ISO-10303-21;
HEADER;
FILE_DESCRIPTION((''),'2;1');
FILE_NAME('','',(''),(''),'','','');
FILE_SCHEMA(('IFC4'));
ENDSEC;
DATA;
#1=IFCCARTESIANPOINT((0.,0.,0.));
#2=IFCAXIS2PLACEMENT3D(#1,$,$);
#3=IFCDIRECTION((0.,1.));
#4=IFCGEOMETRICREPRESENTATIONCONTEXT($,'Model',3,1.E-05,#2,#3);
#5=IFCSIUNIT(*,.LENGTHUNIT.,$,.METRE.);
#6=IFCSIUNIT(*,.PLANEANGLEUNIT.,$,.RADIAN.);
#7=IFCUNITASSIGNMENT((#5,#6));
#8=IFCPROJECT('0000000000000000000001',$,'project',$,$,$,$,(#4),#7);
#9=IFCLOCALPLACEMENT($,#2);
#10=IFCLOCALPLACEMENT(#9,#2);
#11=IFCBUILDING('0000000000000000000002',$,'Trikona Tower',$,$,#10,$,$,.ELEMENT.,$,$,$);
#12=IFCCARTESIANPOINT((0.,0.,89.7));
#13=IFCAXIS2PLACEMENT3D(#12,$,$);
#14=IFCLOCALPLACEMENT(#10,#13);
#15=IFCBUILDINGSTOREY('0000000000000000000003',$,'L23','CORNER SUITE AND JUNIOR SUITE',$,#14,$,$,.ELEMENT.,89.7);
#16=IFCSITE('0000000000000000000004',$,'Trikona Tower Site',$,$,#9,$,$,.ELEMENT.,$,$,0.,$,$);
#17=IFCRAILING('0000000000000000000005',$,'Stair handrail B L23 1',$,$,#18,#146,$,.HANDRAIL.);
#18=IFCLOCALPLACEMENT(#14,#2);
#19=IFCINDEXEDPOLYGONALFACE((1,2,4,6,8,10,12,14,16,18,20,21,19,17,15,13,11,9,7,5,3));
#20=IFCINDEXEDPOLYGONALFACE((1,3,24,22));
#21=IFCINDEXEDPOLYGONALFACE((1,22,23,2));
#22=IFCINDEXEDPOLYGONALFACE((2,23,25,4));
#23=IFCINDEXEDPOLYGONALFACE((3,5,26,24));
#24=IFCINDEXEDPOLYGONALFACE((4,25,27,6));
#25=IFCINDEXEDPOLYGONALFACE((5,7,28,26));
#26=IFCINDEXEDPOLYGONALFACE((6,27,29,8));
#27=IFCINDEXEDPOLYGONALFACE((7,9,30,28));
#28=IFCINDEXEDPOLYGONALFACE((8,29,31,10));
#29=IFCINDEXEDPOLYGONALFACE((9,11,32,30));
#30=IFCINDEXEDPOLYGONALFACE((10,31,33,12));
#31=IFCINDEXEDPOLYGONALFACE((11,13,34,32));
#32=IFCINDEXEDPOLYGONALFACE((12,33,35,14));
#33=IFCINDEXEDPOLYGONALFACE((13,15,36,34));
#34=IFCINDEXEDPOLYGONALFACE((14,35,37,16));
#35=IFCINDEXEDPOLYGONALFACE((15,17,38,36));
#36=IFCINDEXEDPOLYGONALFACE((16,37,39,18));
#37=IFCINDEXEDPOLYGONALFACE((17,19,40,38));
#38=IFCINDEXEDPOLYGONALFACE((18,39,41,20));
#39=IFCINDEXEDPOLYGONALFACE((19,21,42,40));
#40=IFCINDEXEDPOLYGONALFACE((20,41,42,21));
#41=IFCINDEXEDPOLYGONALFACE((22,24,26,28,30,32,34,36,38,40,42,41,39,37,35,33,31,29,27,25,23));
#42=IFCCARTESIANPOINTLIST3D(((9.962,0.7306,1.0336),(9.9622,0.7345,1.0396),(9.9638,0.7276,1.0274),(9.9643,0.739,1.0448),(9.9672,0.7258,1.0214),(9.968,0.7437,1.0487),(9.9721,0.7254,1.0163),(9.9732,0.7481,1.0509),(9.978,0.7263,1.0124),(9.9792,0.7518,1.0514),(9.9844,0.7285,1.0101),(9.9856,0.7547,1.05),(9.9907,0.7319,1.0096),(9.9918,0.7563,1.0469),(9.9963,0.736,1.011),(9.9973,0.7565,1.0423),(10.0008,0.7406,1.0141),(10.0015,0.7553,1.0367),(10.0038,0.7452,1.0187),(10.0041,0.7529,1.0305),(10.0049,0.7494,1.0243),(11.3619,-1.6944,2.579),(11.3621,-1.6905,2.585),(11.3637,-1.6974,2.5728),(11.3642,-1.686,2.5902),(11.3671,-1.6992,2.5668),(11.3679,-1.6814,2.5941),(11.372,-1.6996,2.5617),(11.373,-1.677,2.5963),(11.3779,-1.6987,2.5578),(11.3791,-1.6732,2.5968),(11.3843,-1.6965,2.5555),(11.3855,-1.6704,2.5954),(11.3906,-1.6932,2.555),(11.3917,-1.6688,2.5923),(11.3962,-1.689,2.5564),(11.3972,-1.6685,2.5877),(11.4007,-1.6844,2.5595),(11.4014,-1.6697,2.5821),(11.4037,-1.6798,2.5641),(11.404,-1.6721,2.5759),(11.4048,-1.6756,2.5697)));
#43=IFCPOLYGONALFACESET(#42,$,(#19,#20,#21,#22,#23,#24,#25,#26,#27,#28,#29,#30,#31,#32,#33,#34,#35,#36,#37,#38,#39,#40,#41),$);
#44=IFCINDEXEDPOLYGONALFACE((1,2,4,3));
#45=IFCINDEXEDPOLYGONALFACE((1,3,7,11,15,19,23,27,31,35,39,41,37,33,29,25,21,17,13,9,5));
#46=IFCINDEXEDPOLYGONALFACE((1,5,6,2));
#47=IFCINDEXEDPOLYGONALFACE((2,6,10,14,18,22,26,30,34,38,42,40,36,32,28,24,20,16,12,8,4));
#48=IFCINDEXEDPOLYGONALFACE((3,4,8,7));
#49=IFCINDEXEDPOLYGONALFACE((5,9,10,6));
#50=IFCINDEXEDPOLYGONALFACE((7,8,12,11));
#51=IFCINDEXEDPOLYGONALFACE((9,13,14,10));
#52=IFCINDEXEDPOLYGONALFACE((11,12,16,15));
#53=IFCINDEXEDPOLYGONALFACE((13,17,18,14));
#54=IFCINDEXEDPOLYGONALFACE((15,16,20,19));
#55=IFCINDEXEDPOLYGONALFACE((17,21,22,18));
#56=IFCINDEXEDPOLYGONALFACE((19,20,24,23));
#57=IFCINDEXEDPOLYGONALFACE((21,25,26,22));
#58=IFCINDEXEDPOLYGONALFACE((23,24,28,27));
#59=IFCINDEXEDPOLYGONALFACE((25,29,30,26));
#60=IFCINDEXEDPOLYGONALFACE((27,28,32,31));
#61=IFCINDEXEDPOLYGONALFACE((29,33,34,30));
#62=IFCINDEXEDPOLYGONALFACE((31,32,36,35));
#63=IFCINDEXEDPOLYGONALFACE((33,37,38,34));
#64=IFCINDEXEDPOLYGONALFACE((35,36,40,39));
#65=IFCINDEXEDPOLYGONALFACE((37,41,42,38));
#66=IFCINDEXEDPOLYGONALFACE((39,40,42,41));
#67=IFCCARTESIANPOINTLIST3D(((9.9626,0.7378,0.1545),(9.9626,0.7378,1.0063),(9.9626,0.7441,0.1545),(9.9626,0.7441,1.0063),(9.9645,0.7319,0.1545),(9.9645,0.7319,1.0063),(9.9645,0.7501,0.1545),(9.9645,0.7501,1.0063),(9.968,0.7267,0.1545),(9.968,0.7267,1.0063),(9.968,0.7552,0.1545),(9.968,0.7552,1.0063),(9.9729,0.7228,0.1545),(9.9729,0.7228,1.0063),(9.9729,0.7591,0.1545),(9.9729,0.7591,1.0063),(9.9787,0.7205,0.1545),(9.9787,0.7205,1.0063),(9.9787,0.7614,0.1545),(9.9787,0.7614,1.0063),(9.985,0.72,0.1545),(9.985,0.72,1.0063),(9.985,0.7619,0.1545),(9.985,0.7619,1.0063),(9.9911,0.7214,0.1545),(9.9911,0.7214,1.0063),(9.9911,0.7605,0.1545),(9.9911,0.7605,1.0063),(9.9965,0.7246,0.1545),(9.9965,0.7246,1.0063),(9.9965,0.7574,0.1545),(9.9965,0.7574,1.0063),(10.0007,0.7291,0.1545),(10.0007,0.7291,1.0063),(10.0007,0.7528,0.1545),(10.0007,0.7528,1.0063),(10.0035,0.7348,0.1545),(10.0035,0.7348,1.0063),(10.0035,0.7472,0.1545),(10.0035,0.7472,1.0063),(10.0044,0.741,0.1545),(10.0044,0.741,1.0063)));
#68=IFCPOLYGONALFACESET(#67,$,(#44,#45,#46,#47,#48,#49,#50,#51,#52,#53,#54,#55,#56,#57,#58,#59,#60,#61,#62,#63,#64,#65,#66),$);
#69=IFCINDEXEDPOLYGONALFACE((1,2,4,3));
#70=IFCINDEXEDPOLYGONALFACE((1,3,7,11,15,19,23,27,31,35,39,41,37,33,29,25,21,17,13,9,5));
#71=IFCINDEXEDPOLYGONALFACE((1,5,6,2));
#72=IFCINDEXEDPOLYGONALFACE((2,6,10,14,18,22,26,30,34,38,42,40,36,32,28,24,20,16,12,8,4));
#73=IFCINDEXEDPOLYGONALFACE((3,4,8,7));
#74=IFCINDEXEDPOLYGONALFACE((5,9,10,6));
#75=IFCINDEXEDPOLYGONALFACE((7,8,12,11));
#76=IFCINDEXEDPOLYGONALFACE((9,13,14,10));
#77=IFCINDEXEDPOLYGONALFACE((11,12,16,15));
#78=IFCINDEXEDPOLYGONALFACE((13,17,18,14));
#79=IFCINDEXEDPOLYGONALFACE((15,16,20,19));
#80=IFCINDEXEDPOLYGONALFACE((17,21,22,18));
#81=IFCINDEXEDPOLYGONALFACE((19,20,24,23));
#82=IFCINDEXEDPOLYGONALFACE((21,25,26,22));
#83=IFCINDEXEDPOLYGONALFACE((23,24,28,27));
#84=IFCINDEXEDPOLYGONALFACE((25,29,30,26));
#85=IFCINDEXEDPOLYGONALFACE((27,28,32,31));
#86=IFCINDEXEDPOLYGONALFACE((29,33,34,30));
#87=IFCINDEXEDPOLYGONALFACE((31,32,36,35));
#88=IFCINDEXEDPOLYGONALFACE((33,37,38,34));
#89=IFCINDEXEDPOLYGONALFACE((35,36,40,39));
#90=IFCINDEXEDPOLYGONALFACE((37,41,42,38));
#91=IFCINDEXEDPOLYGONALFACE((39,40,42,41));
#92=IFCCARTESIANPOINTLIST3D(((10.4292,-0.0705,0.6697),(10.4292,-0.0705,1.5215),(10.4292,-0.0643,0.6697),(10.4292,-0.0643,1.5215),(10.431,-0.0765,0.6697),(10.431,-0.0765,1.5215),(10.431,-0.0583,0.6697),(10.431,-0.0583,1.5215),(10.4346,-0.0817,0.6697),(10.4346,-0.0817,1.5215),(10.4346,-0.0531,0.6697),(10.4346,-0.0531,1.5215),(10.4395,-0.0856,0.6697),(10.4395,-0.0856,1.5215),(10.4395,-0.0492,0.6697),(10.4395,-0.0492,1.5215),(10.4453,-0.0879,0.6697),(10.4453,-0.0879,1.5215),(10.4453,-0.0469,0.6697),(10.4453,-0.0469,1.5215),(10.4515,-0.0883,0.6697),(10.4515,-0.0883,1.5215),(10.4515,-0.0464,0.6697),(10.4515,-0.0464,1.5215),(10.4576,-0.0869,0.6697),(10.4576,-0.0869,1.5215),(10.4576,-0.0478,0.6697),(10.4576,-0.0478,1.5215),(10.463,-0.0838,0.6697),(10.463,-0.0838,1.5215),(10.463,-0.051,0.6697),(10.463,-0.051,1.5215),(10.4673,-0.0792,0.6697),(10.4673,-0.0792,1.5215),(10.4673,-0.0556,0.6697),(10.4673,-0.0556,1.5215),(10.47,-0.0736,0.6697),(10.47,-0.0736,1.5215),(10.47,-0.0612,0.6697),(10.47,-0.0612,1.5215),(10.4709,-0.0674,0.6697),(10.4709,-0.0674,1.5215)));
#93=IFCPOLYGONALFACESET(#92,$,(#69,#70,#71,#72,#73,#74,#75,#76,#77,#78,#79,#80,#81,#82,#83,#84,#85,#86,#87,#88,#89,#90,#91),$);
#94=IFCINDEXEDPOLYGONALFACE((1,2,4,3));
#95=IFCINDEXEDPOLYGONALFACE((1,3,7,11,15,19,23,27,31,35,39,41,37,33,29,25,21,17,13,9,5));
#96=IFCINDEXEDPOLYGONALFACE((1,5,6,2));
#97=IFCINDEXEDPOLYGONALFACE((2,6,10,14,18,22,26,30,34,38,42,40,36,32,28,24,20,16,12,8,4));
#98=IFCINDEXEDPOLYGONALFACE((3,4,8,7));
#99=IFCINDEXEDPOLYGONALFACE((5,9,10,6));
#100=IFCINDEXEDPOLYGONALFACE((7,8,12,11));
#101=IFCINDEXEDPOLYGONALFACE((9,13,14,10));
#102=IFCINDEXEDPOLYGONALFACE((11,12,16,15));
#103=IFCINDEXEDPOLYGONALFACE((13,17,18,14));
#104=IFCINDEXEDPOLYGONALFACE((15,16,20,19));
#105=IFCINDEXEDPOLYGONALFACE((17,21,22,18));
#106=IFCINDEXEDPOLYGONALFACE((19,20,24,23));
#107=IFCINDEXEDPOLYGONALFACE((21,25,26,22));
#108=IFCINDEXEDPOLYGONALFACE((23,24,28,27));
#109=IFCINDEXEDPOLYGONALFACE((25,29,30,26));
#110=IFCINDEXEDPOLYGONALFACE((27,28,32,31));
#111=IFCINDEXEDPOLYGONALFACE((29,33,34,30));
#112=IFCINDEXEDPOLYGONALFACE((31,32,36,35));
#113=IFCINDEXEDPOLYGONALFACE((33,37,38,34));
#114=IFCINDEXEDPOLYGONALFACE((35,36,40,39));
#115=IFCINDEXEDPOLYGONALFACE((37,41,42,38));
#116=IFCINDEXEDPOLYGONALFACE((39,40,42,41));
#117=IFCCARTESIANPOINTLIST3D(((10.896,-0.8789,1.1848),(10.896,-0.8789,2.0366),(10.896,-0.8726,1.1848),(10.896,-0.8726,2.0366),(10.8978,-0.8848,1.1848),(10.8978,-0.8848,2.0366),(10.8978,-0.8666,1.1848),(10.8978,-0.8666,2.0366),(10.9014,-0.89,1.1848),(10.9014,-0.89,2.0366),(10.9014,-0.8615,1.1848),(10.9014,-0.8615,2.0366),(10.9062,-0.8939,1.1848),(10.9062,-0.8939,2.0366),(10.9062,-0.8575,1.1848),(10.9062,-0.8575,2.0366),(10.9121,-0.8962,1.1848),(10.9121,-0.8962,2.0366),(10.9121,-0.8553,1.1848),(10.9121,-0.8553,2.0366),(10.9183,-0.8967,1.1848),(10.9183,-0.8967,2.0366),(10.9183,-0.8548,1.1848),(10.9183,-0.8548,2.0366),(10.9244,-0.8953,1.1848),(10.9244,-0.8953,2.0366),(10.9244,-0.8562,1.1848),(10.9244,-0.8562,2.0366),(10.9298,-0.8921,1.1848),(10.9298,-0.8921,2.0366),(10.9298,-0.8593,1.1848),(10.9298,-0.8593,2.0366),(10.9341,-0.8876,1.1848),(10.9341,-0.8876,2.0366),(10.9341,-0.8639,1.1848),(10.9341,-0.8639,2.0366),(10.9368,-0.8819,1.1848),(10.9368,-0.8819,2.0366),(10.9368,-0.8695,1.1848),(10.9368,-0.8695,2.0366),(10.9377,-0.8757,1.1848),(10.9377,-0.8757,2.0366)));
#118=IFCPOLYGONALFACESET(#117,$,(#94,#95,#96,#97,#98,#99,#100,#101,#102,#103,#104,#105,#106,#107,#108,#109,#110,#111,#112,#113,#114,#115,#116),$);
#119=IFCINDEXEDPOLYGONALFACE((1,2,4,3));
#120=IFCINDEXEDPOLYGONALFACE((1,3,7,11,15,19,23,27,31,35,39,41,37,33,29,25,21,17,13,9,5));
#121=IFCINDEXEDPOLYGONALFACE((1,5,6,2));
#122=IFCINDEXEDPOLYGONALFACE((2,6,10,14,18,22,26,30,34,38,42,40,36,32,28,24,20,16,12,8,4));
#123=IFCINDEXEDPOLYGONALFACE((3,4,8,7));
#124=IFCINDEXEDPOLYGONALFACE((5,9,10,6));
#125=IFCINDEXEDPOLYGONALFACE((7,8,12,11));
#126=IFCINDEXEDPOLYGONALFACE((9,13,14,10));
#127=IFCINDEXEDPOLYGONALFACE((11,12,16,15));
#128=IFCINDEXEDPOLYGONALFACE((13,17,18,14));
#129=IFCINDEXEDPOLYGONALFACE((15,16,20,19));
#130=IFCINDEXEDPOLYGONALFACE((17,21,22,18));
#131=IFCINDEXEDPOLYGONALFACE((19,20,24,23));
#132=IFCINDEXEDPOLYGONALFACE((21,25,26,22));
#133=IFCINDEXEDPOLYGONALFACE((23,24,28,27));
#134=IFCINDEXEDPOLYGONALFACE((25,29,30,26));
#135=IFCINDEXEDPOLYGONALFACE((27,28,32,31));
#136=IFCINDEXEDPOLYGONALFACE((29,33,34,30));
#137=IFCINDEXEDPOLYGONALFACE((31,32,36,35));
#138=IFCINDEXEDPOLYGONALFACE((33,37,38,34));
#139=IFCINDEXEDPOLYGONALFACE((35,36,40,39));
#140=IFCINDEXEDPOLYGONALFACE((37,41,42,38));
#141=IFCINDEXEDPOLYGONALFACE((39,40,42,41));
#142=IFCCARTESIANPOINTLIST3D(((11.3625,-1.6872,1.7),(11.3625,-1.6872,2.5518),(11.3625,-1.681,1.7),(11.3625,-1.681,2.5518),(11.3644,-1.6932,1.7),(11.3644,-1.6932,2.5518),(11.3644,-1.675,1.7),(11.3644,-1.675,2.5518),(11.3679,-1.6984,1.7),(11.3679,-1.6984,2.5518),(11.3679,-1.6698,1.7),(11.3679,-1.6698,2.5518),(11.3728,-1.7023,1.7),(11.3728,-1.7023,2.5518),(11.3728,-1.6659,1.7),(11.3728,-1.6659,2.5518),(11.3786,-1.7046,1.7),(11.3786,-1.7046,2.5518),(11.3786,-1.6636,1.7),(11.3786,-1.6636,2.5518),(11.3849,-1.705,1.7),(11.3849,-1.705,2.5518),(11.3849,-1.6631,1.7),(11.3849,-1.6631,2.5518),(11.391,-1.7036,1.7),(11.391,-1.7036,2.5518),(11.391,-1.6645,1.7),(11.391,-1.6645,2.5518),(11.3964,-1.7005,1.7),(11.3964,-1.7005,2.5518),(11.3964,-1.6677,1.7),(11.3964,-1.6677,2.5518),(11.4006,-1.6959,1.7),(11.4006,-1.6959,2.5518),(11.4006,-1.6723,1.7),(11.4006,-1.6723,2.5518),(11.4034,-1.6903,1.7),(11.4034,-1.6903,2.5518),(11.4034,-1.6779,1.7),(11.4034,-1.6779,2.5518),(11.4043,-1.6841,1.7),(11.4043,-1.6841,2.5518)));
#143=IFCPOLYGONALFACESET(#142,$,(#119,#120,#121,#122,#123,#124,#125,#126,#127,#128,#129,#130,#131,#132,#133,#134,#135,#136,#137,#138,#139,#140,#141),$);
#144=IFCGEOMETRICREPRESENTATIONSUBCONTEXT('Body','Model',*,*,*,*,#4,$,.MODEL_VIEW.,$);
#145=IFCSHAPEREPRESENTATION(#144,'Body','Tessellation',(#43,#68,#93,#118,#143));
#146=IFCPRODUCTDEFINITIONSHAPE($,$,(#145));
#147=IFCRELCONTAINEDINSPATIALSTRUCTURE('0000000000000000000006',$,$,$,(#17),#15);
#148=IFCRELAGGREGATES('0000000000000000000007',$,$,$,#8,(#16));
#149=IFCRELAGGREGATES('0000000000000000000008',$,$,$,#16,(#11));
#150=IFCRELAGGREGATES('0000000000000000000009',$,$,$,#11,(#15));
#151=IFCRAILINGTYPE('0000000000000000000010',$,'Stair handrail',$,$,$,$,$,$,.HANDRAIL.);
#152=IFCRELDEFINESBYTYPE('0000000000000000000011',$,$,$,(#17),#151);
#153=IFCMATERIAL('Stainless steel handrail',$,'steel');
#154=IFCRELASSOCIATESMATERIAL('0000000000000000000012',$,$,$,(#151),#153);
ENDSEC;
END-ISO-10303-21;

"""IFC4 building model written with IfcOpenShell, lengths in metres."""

from ifc_helpers import new_model, si_unit, direction, frame, origin, origin_2d, place, context, subcontext, project, spatial, circle, extrude, material, type_object, element, save


model = new_model("IFC4")

# Units and contexts
model_context = context("Model", 3, precision=1e-05, world=origin(), true_north=direction((0.0, 1.0)))
body_context = subcontext(model_context, "Body", "Model", "MODEL_VIEW")
ifc_project = project(units=[si_unit("LENGTHUNIT", "METRE"), si_unit("PLANEANGLEUNIT", "RADIAN")], contexts=[model_context])

# Site, building, storey
site_placement = place(None, origin())
site = spatial("IfcSite", under=ifc_project, at=site_placement, Name="Trikona Tower Site", CompositionType="ELEMENT", RefElevation=0.0)
building_placement = place(site_placement, origin())
building = spatial("IfcBuilding", under=site, at=building_placement, Name="Trikona Tower", CompositionType="ELEMENT")
storey_placement = place(building_placement, frame((0.0, 0.0, 89.7)))
storey = spatial("IfcBuildingStorey", under=building, at=storey_placement, Name="L23", Description="CORNER SUITE AND JUNIOR SUITE", CompositionType="ELEMENT", Elevation=89.7)

# Railing
ifc_material_1 = material(Name="Stainless steel handrail", Category="steel")
railing_type = type_object("IfcRailingType", Name="Stair handrail", PredefinedType="HANDRAIL", material=ifc_material_1)
railing_placement = place(storey_placement, frame((9.9834, 0.741, 0.1545)))
element("IfcRailing", 1, at=railing_placement, inside=storey, type_object=railing_type, Name="Stair handrail B L23 1", PredefinedType="HANDRAIL", context=body_context, shape_type="SweptSolid", body=[
    extrude(circle(Radius=0.0239, at=origin_2d()), frame((0.0, 0.0, 0.876), z_axis=(0.437707, -0.75824, 0.483203), x_axis=(0.866056, 0.499946, 0.0)), (0.0, 0.0, 1.0), 3.1982),
    extrude(circle(Radius=0.021, at=origin_2d()), origin(), (0.0, 0.0, 1.0), 0.8518),
    extrude(circle(Radius=0.021, at=origin_2d()), frame((0.4666, -0.8083, 0.5151)), (0.0, 0.0, 1.0), 0.8518),
    extrude(circle(Radius=0.021, at=origin_2d()), frame((0.9333, -1.6167, 1.0303)), (0.0, 0.0, 1.0), 0.8518),
    extrude(circle(Radius=0.021, at=origin_2d()), frame((1.3999, -2.425, 1.5454)), (0.0, 0.0, 1.0), 0.8518),
])

save(model, "model.ifc")
